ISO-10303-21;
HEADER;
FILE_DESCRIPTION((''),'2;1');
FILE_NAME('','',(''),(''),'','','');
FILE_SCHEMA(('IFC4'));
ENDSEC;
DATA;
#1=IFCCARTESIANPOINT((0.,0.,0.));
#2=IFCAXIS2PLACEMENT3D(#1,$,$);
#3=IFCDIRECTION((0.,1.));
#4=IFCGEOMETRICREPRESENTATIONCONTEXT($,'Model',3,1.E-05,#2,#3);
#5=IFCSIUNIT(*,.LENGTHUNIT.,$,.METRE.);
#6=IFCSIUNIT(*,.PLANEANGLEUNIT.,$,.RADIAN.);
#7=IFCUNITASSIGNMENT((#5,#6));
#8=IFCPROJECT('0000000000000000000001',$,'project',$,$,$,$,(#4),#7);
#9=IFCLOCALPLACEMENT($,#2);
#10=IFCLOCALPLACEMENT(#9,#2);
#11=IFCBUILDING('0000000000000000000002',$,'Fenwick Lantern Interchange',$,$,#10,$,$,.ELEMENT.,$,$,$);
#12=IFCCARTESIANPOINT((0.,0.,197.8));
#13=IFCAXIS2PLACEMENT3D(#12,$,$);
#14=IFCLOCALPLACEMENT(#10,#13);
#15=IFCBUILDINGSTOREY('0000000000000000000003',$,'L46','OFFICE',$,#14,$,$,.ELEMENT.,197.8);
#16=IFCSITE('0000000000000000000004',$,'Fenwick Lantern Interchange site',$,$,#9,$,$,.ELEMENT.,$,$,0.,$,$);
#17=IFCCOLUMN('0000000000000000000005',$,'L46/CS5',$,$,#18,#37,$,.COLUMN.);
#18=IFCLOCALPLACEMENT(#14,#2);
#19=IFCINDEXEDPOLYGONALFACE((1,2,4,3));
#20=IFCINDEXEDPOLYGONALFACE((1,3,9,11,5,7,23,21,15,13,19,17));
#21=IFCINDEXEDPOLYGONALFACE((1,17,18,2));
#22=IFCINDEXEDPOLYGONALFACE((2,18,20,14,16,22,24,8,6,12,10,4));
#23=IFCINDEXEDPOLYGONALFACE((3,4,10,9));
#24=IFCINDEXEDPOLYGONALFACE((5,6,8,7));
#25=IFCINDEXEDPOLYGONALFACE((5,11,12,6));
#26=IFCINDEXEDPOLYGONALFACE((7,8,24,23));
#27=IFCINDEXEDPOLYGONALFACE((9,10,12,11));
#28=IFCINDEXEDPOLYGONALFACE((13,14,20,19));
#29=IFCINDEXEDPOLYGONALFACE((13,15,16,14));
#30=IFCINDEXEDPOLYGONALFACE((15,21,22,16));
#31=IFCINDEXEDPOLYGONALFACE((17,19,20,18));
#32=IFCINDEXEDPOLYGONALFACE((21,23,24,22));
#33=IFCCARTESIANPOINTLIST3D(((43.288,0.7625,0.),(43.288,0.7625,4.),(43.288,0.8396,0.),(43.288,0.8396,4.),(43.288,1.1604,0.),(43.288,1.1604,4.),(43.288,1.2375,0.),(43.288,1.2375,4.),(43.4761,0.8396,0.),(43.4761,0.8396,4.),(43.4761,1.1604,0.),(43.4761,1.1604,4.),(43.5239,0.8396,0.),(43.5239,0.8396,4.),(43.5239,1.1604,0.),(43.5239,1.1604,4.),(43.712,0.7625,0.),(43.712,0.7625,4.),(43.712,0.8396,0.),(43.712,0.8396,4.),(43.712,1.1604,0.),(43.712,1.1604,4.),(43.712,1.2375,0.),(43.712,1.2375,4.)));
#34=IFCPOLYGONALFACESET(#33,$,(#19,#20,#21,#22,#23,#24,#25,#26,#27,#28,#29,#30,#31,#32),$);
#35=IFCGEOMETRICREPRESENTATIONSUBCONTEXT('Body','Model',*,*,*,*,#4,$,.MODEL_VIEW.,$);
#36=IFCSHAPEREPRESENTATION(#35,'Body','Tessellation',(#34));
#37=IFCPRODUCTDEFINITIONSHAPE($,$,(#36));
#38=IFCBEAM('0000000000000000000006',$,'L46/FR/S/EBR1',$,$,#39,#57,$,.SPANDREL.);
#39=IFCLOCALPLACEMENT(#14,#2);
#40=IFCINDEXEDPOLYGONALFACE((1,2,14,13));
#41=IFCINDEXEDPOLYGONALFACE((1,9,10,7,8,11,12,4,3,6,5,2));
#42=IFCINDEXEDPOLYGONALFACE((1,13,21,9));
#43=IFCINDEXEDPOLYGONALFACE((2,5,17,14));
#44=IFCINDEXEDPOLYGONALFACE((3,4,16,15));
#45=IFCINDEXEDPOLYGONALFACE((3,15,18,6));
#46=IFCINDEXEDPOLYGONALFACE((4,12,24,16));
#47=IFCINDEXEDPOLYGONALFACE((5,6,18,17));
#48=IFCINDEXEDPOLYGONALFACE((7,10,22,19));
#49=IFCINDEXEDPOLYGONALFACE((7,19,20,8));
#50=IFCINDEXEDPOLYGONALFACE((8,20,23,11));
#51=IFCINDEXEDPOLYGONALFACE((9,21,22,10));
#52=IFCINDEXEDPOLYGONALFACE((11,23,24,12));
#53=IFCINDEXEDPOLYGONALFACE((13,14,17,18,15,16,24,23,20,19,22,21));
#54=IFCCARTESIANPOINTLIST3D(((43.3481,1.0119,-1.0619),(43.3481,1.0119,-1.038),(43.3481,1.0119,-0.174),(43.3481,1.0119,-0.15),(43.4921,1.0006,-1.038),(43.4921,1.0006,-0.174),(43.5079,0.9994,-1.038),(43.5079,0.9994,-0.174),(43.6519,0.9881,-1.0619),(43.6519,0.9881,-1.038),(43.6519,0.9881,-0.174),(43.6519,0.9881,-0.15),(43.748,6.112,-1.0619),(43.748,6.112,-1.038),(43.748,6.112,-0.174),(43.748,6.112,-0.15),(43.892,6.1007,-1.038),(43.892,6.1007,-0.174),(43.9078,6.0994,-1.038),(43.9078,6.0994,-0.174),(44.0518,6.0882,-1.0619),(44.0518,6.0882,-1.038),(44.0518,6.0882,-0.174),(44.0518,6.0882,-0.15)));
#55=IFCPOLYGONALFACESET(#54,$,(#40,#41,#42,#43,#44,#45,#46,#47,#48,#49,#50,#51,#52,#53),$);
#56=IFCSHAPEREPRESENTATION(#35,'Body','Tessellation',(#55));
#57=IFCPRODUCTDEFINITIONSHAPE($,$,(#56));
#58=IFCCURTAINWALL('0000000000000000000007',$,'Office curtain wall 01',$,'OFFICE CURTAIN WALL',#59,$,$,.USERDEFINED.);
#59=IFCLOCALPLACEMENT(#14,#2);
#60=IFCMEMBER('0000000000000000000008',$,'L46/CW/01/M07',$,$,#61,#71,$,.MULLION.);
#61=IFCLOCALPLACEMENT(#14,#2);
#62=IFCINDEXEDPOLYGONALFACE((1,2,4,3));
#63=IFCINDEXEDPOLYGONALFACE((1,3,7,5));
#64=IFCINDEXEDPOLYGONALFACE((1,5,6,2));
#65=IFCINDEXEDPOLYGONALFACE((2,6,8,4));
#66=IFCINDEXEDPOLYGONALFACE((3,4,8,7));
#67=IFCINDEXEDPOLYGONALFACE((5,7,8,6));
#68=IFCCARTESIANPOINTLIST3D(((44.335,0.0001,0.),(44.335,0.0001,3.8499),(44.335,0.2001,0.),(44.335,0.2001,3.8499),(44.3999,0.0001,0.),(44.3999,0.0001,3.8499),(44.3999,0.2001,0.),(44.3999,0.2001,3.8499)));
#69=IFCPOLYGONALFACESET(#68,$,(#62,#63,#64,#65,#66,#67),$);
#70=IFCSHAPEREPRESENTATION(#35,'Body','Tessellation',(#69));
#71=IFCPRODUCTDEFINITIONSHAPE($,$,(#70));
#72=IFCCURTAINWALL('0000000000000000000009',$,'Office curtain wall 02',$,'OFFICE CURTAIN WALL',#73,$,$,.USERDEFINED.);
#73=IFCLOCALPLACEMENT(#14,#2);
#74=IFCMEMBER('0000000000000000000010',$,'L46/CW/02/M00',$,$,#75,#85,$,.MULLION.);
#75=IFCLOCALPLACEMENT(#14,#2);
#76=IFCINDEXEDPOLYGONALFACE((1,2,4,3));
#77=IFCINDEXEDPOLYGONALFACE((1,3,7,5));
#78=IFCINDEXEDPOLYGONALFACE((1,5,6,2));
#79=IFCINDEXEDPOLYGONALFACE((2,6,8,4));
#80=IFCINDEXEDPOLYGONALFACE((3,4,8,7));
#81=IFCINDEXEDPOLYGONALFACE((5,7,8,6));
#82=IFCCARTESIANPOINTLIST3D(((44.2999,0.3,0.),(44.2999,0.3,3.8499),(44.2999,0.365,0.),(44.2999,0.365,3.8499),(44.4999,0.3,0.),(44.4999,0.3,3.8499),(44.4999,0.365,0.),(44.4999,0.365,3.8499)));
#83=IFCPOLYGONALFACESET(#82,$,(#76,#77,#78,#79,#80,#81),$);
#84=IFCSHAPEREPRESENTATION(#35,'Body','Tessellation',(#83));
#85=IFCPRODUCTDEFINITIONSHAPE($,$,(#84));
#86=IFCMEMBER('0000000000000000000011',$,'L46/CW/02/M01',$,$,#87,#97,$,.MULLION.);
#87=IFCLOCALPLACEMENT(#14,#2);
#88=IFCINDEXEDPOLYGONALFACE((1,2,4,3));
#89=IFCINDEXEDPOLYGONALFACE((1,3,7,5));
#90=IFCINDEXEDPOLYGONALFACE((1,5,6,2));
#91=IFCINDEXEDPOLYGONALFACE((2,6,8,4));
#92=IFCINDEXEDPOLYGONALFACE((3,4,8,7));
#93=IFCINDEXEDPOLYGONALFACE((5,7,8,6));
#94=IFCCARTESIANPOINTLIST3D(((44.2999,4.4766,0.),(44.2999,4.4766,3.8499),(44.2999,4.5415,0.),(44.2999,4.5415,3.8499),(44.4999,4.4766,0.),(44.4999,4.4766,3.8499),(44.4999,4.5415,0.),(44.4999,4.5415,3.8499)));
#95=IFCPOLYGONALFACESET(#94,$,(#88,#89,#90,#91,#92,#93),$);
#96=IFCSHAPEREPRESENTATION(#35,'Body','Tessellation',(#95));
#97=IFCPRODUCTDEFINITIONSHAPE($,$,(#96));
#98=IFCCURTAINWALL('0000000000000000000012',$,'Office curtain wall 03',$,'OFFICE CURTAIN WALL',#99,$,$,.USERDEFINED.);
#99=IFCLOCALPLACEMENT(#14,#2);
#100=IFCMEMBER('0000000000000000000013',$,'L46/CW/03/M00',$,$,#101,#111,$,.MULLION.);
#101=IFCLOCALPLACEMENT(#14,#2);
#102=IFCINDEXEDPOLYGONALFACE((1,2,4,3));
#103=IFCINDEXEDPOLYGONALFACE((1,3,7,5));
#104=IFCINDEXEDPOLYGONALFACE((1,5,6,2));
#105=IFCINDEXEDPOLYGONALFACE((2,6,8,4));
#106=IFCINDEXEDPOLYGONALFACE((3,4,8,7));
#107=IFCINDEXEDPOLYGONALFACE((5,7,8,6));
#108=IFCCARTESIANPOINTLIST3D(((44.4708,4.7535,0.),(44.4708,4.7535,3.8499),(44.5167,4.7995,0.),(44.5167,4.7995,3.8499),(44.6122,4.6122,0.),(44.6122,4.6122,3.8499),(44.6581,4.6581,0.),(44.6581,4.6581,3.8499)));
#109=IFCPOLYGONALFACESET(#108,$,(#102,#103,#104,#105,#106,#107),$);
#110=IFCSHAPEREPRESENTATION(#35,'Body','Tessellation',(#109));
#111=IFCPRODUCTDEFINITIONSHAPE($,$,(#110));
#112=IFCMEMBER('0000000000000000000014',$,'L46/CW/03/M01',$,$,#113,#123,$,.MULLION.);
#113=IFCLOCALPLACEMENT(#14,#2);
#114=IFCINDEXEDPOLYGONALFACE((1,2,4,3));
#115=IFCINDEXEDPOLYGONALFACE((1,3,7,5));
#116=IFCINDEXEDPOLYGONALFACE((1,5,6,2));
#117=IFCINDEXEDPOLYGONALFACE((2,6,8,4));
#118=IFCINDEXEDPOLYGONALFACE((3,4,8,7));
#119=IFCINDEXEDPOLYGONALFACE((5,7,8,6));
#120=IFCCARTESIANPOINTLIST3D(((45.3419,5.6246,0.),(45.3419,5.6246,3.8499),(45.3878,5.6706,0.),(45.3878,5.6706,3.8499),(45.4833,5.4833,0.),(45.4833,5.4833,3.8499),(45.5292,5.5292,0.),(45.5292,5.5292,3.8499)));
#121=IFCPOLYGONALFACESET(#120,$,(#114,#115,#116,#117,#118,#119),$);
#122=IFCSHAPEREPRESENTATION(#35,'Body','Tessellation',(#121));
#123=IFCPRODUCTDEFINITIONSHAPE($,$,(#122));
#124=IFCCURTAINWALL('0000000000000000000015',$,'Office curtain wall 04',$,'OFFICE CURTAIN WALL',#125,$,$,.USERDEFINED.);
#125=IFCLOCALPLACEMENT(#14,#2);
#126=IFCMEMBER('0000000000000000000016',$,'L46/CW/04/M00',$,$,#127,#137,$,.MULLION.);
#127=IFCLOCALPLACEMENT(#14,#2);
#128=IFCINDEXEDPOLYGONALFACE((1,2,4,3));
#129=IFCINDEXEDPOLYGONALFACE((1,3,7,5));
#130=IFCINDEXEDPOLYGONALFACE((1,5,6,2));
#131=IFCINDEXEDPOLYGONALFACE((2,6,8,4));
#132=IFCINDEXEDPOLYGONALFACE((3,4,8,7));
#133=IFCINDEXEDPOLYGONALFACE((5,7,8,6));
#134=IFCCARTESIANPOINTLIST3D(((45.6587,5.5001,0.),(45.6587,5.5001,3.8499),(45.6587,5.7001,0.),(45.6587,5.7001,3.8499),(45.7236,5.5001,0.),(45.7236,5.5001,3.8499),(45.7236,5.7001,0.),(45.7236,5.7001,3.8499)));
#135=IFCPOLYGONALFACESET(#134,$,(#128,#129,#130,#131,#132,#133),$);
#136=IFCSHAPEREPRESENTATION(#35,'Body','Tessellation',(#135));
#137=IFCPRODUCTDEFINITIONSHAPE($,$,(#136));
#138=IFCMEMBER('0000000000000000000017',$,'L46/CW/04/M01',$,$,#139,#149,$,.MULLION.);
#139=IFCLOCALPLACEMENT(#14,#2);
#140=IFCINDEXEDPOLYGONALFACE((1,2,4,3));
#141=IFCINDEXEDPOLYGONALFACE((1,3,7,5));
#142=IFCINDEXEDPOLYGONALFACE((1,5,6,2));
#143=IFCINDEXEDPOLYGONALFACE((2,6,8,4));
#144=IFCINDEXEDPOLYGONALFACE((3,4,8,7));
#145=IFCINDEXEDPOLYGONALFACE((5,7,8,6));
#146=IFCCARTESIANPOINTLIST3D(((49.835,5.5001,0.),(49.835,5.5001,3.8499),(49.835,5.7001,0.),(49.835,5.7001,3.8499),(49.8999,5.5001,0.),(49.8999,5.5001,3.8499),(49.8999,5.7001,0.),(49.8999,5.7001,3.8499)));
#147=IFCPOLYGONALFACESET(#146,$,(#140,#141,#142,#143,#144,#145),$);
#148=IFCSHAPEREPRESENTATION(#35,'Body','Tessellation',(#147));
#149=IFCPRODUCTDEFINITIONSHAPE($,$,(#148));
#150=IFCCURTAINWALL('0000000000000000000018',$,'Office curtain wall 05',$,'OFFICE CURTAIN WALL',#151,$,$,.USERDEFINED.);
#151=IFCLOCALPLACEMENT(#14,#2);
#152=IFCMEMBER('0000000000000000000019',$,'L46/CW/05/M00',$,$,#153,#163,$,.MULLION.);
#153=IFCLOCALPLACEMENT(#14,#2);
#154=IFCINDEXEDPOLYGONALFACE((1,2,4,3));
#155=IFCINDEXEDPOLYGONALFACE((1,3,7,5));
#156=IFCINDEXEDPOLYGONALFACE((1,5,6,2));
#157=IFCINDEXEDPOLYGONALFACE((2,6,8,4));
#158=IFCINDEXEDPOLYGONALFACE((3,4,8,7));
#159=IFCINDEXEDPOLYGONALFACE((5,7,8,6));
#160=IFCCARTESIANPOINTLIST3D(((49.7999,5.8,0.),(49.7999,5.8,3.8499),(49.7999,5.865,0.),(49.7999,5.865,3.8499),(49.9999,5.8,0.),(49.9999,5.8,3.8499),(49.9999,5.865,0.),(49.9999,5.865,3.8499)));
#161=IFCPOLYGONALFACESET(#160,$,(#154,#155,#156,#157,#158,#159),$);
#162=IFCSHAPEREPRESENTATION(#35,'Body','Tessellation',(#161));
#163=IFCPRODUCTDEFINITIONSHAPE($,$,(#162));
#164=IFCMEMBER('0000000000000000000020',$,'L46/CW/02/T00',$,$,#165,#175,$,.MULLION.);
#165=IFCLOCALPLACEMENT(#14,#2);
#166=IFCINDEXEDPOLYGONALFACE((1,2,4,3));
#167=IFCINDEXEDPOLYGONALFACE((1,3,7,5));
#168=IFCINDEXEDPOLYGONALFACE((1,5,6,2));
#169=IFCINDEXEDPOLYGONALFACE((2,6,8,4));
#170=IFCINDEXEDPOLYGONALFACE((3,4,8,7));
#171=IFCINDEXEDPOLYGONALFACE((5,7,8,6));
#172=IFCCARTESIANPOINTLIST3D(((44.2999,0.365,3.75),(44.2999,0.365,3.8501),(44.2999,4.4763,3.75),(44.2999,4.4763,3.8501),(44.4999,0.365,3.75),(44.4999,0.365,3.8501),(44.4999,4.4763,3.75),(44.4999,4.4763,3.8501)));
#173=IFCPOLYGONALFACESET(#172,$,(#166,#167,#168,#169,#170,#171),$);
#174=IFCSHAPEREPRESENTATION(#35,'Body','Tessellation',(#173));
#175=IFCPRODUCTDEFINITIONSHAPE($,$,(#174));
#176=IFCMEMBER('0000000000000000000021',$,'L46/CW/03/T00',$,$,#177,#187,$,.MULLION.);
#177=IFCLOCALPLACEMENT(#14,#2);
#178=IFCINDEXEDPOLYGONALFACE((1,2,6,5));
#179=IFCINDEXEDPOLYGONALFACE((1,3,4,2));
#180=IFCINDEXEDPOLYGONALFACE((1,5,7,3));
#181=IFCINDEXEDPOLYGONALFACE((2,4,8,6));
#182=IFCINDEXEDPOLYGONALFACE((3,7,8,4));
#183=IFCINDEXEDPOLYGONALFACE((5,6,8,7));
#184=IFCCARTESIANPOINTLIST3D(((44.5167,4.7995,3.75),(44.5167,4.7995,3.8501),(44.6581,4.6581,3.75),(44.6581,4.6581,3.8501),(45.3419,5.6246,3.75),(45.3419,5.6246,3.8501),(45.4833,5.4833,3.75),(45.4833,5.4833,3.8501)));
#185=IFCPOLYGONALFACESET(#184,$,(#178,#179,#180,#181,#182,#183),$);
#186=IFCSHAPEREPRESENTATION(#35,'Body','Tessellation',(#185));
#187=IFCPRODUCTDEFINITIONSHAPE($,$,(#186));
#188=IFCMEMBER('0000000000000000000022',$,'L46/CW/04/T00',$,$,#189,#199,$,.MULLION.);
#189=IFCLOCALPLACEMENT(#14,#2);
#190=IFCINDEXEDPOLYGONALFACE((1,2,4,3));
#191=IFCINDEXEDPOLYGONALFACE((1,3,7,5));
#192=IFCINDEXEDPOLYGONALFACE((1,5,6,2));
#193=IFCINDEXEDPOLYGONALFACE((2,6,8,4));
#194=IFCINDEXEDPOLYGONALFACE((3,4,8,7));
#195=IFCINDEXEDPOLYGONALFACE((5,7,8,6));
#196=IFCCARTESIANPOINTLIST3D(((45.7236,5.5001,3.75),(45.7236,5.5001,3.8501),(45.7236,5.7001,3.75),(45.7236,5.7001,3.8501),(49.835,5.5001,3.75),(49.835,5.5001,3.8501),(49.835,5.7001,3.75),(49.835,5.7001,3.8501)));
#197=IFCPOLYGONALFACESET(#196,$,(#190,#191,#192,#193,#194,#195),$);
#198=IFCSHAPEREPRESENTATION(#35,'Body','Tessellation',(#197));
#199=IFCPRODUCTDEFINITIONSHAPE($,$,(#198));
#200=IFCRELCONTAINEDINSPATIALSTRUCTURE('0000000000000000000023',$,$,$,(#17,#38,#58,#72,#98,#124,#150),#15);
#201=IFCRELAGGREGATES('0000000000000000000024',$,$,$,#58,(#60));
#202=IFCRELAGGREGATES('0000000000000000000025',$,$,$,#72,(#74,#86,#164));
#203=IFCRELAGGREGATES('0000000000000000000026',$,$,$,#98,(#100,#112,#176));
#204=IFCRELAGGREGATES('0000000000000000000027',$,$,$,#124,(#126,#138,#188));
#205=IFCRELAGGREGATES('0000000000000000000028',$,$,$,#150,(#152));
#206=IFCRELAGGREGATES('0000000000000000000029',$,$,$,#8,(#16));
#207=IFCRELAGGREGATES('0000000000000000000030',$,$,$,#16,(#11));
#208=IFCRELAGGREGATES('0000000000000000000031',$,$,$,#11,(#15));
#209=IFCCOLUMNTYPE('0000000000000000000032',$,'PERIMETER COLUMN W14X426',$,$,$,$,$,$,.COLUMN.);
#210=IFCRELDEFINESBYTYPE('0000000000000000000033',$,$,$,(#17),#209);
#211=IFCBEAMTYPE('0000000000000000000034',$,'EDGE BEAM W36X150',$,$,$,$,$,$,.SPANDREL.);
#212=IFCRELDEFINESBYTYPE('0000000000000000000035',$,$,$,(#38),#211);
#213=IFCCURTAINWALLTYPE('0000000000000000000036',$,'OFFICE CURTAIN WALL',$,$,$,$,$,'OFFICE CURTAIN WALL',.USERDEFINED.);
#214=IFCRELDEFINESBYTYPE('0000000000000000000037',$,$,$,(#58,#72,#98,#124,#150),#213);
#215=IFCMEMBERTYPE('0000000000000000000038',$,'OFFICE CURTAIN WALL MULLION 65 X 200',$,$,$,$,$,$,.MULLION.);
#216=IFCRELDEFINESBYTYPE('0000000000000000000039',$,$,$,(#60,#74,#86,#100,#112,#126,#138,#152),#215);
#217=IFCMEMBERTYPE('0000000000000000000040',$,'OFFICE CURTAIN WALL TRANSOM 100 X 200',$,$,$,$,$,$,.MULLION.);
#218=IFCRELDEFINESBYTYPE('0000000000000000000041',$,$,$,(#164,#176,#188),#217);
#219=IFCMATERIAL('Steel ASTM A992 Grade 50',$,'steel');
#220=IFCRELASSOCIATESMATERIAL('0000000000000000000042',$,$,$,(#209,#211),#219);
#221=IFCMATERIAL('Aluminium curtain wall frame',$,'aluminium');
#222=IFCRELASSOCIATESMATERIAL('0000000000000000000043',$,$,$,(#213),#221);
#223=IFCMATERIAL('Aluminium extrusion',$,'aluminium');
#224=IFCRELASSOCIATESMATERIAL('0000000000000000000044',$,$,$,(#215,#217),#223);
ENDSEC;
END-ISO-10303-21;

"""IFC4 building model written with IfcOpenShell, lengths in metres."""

from ifc_helpers import new_model, si_unit, direction, frame, origin, origin_2d, place, context, subcontext, project, spatial, rectangle, i_section, extrude, material, material_profile, profile_set, type_object, element, aggregate, save


model = new_model("IFC4")

# Units and contexts
model_context = context("Model", 3, precision=1e-05, world=origin(), true_north=direction((0.0, 1.0)))
body_context = subcontext(model_context, "Body", "Model", "MODEL_VIEW")
ifc_project = project(units=[si_unit("LENGTHUNIT", "METRE"), si_unit("PLANEANGLEUNIT", "RADIAN")], contexts=[model_context])

# Site, building, storey
site_placement = place(None, origin())
site = spatial("IfcSite", under=ifc_project, at=site_placement, Name="Fenwick Lantern Interchange site", CompositionType="ELEMENT", RefElevation=0.0)
building_placement = place(site_placement, origin())
building = spatial("IfcBuilding", under=site, at=building_placement, Name="Fenwick Lantern Interchange", CompositionType="ELEMENT")
storey_placement = place(building_placement, frame((0.0, 0.0, 197.8)))
storey = spatial("IfcBuildingStorey", under=building, at=storey_placement, Name="L46", Description="OFFICE", CompositionType="ELEMENT", Elevation=197.8)

# Column
ifc_material_1 = material(Name="Steel ASTM A992 Grade 50", Category="steel")
ifc_material_profile_1 = material_profile(ifc_material_1, i_section(OverallWidth=0.4241, OverallDepth=0.4751, WebThickness=0.0479, FlangeThickness=0.0771, at=origin_2d()), Name="W14X426")
ifc_profile_set_1 = profile_set([ifc_material_profile_1], Name="Steel ASTM A992 Grade 50")
column_type = type_object("IfcColumnType", Name="PERIMETER COLUMN W14X426", PredefinedType="COLUMN", material=ifc_profile_set_1)
column_placement = place(storey_placement, frame((43.5, 1.0, 0.0), z_axis=(0.0, 0.0, 1.0), x_axis=(1.0, 0.0, 0.0)))
element("IfcColumn", 1, at=column_placement, inside=storey, type_object=column_type, Name="L46/CS5", PredefinedType="COLUMN", context=body_context, shape_type="SweptSolid", body=[
    extrude(i_section(OverallWidth=0.4241, OverallDepth=0.4751, WebThickness=0.0479, FlangeThickness=0.0771, at=origin_2d()), origin(), (0.0, 0.0, 1.0), 4.0),
])

# Beam
ifc_material_profile_2 = material_profile(ifc_material_1, i_section(OverallWidth=0.3047, OverallDepth=0.9119, WebThickness=0.0159, FlangeThickness=0.0239, at=origin_2d()), Name="W36X150")
ifc_profile_set_2 = profile_set([ifc_material_profile_2], Name="Steel ASTM A992 Grade 50")
beam_type = type_object("IfcBeamType", Name="EDGE BEAM W36X150", PredefinedType="SPANDREL", material=ifc_profile_set_2)
beam_placement = place(storey_placement, frame((43.5, 1.0, -0.606), z_axis=(0.078171, 0.99694, 0.0), x_axis=(-0.99694, 0.078171, 0.0)))
element("IfcBeam", 2, at=beam_placement, inside=storey, type_object=beam_type, Name="L46/FR/S/EBR1", PredefinedType="SPANDREL", context=body_context, shape_type="SweptSolid", body=[
    extrude(i_section(OverallWidth=0.3047, OverallDepth=0.9119, WebThickness=0.0159, FlangeThickness=0.0239, at=origin_2d()), origin(), (0.0, 0.0, 1.0), 5.1157),
])

# Curtain wall, member
ifc_material_2 = material(Name="Aluminium curtain wall frame", Category="aluminium")
curtain_wall_type = type_object("IfcCurtainWallType", Name="OFFICE CURTAIN WALL", ElementType="OFFICE CURTAIN WALL", PredefinedType="USERDEFINED", material=ifc_material_2)
curtain_wall_1_placement = place(storey_placement, origin())
curtain_wall_1 = element("IfcCurtainWall", 3, at=curtain_wall_1_placement, inside=storey, type_object=curtain_wall_type, Name="Office curtain wall 01", ObjectType="OFFICE CURTAIN WALL", PredefinedType="USERDEFINED")
ifc_material_3 = material(Name="Aluminium extrusion", Category="aluminium")
ifc_material_profile_3 = material_profile(ifc_material_3, rectangle(XDim=0.2, YDim=0.0649, at=origin_2d()), Name="OFFICE CURTAIN WALL MULLION 65 X 200")
ifc_profile_set_3 = profile_set([ifc_material_profile_3], Name="Aluminium extrusion")
member_type_1 = type_object("IfcMemberType", Name="OFFICE CURTAIN WALL MULLION 65 X 200", PredefinedType="MULLION", material=ifc_profile_set_3)
member_1_placement = place(storey_placement, frame((44.3674, 0.1001, 0.0), z_axis=(0.0, 0.0, 1.0), x_axis=(0.0, 1.0, 0.0)))
member_1 = element("IfcMember", 4, at=member_1_placement, type_object=member_type_1, Name="L46/CW/01/M07", PredefinedType="MULLION", context=body_context, shape_type="SweptSolid", body=[
    extrude(rectangle(XDim=0.2, YDim=0.0649, at=origin_2d()), origin(), (0.0, 0.0, 1.0), 3.8499),
])
aggregate(curtain_wall_1, [member_1])

# Curtain walls, members
curtain_wall_2_placement = place(storey_placement, origin())
curtain_wall_2 = element("IfcCurtainWall", 5, at=curtain_wall_2_placement, inside=storey, type_object=curtain_wall_type, Name="Office curtain wall 02", ObjectType="OFFICE CURTAIN WALL", PredefinedType="USERDEFINED")
member_2_placement = place(storey_placement, frame((44.3999, 0.3325, 0.0), z_axis=(0.0, 0.0, 1.0), x_axis=(-1.0, 0.0, 0.0)))
member_2 = element("IfcMember", 6, at=member_2_placement, type_object=member_type_1, Name="L46/CW/02/M00", PredefinedType="MULLION", context=body_context, shape_type="SweptSolid", body=[
    extrude(rectangle(XDim=0.2, YDim=0.0649, at=origin_2d()), origin(), (0.0, 0.0, 1.0), 3.8499),
])
member_3_placement = place(storey_placement, frame((44.3999, 4.509, 0.0), z_axis=(0.0, 0.0, 1.0), x_axis=(-1.0, 0.0, 0.0)))
member_3 = element("IfcMember", 7, at=member_3_placement, type_object=member_type_1, Name="L46/CW/02/M01", PredefinedType="MULLION", context=body_context, shape_type="SweptSolid", body=[
    extrude(rectangle(XDim=0.2, YDim=0.0649, at=origin_2d()), origin(), (0.0, 0.0, 1.0), 3.8499),
])
curtain_wall_3_placement = place(storey_placement, origin())
curtain_wall_3 = element("IfcCurtainWall", 8, at=curtain_wall_3_placement, inside=storey, type_object=curtain_wall_type, Name="Office curtain wall 03", ObjectType="OFFICE CURTAIN WALL", PredefinedType="USERDEFINED")
member_4_placement = place(storey_placement, frame((44.5645, 4.7058, 0.0), z_axis=(0.0, 0.0, 1.0), x_axis=(-0.707107, 0.707107, 0.0)))
member_4 = element("IfcMember", 9, at=member_4_placement, type_object=member_type_1, Name="L46/CW/03/M00", PredefinedType="MULLION", context=body_context, shape_type="SweptSolid", body=[
    extrude(rectangle(XDim=0.2, YDim=0.0649, at=origin_2d()), origin(), (0.0, 0.0, 1.0), 3.8499),
])
member_5_placement = place(storey_placement, frame((45.4355, 5.5769, 0.0), z_axis=(0.0, 0.0, 1.0), x_axis=(-0.707107, 0.707107, 0.0)))
member_5 = element("IfcMember", 10, at=member_5_placement, type_object=member_type_1, Name="L46/CW/03/M01", PredefinedType="MULLION", context=body_context, shape_type="SweptSolid", body=[
    extrude(rectangle(XDim=0.2, YDim=0.0649, at=origin_2d()), origin(), (0.0, 0.0, 1.0), 3.8499),
])
curtain_wall_4_placement = place(storey_placement, origin())
curtain_wall_4 = element("IfcCurtainWall", 11, at=curtain_wall_4_placement, inside=storey, type_object=curtain_wall_type, Name="Office curtain wall 04", ObjectType="OFFICE CURTAIN WALL", PredefinedType="USERDEFINED")
member_6_placement = place(storey_placement, frame((45.6912, 5.6001, 0.0), z_axis=(0.0, 0.0, 1.0), x_axis=(0.0, 1.0, 0.0)))
member_6 = element("IfcMember", 12, at=member_6_placement, type_object=member_type_1, Name="L46/CW/04/M00", PredefinedType="MULLION", context=body_context, shape_type="SweptSolid", body=[
    extrude(rectangle(XDim=0.2, YDim=0.0649, at=origin_2d()), origin(), (0.0, 0.0, 1.0), 3.8499),
])
member_7_placement = place(storey_placement, frame((49.8674, 5.6001, 0.0), z_axis=(0.0, 0.0, 1.0), x_axis=(0.0, 1.0, 0.0)))
member_7 = element("IfcMember", 13, at=member_7_placement, type_object=member_type_1, Name="L46/CW/04/M01", PredefinedType="MULLION", context=body_context, shape_type="SweptSolid", body=[
    extrude(rectangle(XDim=0.2, YDim=0.0649, at=origin_2d()), origin(), (0.0, 0.0, 1.0), 3.8499),
])

# Curtain wall, member
curtain_wall_5_placement = place(storey_placement, origin())
curtain_wall_5 = element("IfcCurtainWall", 14, at=curtain_wall_5_placement, inside=storey, type_object=curtain_wall_type, Name="Office curtain wall 05", ObjectType="OFFICE CURTAIN WALL", PredefinedType="USERDEFINED")
member_8_placement = place(storey_placement, frame((49.8999, 5.8325, 0.0), z_axis=(0.0, 0.0, 1.0), x_axis=(-1.0, 0.0, 0.0)))
member_8 = element("IfcMember", 15, at=member_8_placement, type_object=member_type_1, Name="L46/CW/05/M00", PredefinedType="MULLION", context=body_context, shape_type="SweptSolid", body=[
    extrude(rectangle(XDim=0.2, YDim=0.0649, at=origin_2d()), origin(), (0.0, 0.0, 1.0), 3.8499),
])

# Members
ifc_material_profile_4 = material_profile(ifc_material_3, rectangle(XDim=0.2, YDim=0.1001, at=origin_2d()), Name="OFFICE CURTAIN WALL TRANSOM 100 X 200")
ifc_profile_set_4 = profile_set([ifc_material_profile_4], Name="Aluminium extrusion")
member_type_2 = type_object("IfcMemberType", Name="OFFICE CURTAIN WALL TRANSOM 100 X 200", PredefinedType="MULLION", material=ifc_profile_set_4)
member_9_placement = place(storey_placement, frame((44.3999, 0.365, 3.8), z_axis=(0.0, 1.0, 0.0), x_axis=(-1.0, 0.0, 0.0)))
member_9 = element("IfcMember", 16, at=member_9_placement, type_object=member_type_2, Name="L46/CW/02/T00", PredefinedType="MULLION", context=body_context, shape_type="SweptSolid", body=[
    extrude(rectangle(XDim=0.2, YDim=0.1001, at=origin_2d()), origin(), (0.0, 0.0, 1.0), 4.1113),
])
member_10_placement = place(storey_placement, frame((44.5874, 4.7288, 3.8), z_axis=(0.707107, 0.707107, 0.0), x_axis=(-0.707107, 0.707107, 0.0)))
member_10 = element("IfcMember", 17, at=member_10_placement, type_object=member_type_2, Name="L46/CW/03/T00", PredefinedType="MULLION", context=body_context, shape_type="SweptSolid", body=[
    extrude(rectangle(XDim=0.2, YDim=0.1001, at=origin_2d()), origin(), (0.0, 0.0, 1.0), 1.167),
])
member_11_placement = place(storey_placement, frame((45.7236, 5.6001, 3.8), z_axis=(1.0, 0.0, 0.0), x_axis=(0.0, 1.0, 0.0)))
member_11 = element("IfcMember", 18, at=member_11_placement, type_object=member_type_2, Name="L46/CW/04/T00", PredefinedType="MULLION", context=body_context, shape_type="SweptSolid", body=[
    extrude(rectangle(XDim=0.2, YDim=0.1001, at=origin_2d()), origin(), (0.0, 0.0, 1.0), 4.1113),
])

aggregate(curtain_wall_2, [member_2, member_3, member_9])
aggregate(curtain_wall_3, [member_4, member_5, member_10])
aggregate(curtain_wall_4, [member_6, member_7, member_11])
aggregate(curtain_wall_5, [member_8])

save(model, "model.ifc")
